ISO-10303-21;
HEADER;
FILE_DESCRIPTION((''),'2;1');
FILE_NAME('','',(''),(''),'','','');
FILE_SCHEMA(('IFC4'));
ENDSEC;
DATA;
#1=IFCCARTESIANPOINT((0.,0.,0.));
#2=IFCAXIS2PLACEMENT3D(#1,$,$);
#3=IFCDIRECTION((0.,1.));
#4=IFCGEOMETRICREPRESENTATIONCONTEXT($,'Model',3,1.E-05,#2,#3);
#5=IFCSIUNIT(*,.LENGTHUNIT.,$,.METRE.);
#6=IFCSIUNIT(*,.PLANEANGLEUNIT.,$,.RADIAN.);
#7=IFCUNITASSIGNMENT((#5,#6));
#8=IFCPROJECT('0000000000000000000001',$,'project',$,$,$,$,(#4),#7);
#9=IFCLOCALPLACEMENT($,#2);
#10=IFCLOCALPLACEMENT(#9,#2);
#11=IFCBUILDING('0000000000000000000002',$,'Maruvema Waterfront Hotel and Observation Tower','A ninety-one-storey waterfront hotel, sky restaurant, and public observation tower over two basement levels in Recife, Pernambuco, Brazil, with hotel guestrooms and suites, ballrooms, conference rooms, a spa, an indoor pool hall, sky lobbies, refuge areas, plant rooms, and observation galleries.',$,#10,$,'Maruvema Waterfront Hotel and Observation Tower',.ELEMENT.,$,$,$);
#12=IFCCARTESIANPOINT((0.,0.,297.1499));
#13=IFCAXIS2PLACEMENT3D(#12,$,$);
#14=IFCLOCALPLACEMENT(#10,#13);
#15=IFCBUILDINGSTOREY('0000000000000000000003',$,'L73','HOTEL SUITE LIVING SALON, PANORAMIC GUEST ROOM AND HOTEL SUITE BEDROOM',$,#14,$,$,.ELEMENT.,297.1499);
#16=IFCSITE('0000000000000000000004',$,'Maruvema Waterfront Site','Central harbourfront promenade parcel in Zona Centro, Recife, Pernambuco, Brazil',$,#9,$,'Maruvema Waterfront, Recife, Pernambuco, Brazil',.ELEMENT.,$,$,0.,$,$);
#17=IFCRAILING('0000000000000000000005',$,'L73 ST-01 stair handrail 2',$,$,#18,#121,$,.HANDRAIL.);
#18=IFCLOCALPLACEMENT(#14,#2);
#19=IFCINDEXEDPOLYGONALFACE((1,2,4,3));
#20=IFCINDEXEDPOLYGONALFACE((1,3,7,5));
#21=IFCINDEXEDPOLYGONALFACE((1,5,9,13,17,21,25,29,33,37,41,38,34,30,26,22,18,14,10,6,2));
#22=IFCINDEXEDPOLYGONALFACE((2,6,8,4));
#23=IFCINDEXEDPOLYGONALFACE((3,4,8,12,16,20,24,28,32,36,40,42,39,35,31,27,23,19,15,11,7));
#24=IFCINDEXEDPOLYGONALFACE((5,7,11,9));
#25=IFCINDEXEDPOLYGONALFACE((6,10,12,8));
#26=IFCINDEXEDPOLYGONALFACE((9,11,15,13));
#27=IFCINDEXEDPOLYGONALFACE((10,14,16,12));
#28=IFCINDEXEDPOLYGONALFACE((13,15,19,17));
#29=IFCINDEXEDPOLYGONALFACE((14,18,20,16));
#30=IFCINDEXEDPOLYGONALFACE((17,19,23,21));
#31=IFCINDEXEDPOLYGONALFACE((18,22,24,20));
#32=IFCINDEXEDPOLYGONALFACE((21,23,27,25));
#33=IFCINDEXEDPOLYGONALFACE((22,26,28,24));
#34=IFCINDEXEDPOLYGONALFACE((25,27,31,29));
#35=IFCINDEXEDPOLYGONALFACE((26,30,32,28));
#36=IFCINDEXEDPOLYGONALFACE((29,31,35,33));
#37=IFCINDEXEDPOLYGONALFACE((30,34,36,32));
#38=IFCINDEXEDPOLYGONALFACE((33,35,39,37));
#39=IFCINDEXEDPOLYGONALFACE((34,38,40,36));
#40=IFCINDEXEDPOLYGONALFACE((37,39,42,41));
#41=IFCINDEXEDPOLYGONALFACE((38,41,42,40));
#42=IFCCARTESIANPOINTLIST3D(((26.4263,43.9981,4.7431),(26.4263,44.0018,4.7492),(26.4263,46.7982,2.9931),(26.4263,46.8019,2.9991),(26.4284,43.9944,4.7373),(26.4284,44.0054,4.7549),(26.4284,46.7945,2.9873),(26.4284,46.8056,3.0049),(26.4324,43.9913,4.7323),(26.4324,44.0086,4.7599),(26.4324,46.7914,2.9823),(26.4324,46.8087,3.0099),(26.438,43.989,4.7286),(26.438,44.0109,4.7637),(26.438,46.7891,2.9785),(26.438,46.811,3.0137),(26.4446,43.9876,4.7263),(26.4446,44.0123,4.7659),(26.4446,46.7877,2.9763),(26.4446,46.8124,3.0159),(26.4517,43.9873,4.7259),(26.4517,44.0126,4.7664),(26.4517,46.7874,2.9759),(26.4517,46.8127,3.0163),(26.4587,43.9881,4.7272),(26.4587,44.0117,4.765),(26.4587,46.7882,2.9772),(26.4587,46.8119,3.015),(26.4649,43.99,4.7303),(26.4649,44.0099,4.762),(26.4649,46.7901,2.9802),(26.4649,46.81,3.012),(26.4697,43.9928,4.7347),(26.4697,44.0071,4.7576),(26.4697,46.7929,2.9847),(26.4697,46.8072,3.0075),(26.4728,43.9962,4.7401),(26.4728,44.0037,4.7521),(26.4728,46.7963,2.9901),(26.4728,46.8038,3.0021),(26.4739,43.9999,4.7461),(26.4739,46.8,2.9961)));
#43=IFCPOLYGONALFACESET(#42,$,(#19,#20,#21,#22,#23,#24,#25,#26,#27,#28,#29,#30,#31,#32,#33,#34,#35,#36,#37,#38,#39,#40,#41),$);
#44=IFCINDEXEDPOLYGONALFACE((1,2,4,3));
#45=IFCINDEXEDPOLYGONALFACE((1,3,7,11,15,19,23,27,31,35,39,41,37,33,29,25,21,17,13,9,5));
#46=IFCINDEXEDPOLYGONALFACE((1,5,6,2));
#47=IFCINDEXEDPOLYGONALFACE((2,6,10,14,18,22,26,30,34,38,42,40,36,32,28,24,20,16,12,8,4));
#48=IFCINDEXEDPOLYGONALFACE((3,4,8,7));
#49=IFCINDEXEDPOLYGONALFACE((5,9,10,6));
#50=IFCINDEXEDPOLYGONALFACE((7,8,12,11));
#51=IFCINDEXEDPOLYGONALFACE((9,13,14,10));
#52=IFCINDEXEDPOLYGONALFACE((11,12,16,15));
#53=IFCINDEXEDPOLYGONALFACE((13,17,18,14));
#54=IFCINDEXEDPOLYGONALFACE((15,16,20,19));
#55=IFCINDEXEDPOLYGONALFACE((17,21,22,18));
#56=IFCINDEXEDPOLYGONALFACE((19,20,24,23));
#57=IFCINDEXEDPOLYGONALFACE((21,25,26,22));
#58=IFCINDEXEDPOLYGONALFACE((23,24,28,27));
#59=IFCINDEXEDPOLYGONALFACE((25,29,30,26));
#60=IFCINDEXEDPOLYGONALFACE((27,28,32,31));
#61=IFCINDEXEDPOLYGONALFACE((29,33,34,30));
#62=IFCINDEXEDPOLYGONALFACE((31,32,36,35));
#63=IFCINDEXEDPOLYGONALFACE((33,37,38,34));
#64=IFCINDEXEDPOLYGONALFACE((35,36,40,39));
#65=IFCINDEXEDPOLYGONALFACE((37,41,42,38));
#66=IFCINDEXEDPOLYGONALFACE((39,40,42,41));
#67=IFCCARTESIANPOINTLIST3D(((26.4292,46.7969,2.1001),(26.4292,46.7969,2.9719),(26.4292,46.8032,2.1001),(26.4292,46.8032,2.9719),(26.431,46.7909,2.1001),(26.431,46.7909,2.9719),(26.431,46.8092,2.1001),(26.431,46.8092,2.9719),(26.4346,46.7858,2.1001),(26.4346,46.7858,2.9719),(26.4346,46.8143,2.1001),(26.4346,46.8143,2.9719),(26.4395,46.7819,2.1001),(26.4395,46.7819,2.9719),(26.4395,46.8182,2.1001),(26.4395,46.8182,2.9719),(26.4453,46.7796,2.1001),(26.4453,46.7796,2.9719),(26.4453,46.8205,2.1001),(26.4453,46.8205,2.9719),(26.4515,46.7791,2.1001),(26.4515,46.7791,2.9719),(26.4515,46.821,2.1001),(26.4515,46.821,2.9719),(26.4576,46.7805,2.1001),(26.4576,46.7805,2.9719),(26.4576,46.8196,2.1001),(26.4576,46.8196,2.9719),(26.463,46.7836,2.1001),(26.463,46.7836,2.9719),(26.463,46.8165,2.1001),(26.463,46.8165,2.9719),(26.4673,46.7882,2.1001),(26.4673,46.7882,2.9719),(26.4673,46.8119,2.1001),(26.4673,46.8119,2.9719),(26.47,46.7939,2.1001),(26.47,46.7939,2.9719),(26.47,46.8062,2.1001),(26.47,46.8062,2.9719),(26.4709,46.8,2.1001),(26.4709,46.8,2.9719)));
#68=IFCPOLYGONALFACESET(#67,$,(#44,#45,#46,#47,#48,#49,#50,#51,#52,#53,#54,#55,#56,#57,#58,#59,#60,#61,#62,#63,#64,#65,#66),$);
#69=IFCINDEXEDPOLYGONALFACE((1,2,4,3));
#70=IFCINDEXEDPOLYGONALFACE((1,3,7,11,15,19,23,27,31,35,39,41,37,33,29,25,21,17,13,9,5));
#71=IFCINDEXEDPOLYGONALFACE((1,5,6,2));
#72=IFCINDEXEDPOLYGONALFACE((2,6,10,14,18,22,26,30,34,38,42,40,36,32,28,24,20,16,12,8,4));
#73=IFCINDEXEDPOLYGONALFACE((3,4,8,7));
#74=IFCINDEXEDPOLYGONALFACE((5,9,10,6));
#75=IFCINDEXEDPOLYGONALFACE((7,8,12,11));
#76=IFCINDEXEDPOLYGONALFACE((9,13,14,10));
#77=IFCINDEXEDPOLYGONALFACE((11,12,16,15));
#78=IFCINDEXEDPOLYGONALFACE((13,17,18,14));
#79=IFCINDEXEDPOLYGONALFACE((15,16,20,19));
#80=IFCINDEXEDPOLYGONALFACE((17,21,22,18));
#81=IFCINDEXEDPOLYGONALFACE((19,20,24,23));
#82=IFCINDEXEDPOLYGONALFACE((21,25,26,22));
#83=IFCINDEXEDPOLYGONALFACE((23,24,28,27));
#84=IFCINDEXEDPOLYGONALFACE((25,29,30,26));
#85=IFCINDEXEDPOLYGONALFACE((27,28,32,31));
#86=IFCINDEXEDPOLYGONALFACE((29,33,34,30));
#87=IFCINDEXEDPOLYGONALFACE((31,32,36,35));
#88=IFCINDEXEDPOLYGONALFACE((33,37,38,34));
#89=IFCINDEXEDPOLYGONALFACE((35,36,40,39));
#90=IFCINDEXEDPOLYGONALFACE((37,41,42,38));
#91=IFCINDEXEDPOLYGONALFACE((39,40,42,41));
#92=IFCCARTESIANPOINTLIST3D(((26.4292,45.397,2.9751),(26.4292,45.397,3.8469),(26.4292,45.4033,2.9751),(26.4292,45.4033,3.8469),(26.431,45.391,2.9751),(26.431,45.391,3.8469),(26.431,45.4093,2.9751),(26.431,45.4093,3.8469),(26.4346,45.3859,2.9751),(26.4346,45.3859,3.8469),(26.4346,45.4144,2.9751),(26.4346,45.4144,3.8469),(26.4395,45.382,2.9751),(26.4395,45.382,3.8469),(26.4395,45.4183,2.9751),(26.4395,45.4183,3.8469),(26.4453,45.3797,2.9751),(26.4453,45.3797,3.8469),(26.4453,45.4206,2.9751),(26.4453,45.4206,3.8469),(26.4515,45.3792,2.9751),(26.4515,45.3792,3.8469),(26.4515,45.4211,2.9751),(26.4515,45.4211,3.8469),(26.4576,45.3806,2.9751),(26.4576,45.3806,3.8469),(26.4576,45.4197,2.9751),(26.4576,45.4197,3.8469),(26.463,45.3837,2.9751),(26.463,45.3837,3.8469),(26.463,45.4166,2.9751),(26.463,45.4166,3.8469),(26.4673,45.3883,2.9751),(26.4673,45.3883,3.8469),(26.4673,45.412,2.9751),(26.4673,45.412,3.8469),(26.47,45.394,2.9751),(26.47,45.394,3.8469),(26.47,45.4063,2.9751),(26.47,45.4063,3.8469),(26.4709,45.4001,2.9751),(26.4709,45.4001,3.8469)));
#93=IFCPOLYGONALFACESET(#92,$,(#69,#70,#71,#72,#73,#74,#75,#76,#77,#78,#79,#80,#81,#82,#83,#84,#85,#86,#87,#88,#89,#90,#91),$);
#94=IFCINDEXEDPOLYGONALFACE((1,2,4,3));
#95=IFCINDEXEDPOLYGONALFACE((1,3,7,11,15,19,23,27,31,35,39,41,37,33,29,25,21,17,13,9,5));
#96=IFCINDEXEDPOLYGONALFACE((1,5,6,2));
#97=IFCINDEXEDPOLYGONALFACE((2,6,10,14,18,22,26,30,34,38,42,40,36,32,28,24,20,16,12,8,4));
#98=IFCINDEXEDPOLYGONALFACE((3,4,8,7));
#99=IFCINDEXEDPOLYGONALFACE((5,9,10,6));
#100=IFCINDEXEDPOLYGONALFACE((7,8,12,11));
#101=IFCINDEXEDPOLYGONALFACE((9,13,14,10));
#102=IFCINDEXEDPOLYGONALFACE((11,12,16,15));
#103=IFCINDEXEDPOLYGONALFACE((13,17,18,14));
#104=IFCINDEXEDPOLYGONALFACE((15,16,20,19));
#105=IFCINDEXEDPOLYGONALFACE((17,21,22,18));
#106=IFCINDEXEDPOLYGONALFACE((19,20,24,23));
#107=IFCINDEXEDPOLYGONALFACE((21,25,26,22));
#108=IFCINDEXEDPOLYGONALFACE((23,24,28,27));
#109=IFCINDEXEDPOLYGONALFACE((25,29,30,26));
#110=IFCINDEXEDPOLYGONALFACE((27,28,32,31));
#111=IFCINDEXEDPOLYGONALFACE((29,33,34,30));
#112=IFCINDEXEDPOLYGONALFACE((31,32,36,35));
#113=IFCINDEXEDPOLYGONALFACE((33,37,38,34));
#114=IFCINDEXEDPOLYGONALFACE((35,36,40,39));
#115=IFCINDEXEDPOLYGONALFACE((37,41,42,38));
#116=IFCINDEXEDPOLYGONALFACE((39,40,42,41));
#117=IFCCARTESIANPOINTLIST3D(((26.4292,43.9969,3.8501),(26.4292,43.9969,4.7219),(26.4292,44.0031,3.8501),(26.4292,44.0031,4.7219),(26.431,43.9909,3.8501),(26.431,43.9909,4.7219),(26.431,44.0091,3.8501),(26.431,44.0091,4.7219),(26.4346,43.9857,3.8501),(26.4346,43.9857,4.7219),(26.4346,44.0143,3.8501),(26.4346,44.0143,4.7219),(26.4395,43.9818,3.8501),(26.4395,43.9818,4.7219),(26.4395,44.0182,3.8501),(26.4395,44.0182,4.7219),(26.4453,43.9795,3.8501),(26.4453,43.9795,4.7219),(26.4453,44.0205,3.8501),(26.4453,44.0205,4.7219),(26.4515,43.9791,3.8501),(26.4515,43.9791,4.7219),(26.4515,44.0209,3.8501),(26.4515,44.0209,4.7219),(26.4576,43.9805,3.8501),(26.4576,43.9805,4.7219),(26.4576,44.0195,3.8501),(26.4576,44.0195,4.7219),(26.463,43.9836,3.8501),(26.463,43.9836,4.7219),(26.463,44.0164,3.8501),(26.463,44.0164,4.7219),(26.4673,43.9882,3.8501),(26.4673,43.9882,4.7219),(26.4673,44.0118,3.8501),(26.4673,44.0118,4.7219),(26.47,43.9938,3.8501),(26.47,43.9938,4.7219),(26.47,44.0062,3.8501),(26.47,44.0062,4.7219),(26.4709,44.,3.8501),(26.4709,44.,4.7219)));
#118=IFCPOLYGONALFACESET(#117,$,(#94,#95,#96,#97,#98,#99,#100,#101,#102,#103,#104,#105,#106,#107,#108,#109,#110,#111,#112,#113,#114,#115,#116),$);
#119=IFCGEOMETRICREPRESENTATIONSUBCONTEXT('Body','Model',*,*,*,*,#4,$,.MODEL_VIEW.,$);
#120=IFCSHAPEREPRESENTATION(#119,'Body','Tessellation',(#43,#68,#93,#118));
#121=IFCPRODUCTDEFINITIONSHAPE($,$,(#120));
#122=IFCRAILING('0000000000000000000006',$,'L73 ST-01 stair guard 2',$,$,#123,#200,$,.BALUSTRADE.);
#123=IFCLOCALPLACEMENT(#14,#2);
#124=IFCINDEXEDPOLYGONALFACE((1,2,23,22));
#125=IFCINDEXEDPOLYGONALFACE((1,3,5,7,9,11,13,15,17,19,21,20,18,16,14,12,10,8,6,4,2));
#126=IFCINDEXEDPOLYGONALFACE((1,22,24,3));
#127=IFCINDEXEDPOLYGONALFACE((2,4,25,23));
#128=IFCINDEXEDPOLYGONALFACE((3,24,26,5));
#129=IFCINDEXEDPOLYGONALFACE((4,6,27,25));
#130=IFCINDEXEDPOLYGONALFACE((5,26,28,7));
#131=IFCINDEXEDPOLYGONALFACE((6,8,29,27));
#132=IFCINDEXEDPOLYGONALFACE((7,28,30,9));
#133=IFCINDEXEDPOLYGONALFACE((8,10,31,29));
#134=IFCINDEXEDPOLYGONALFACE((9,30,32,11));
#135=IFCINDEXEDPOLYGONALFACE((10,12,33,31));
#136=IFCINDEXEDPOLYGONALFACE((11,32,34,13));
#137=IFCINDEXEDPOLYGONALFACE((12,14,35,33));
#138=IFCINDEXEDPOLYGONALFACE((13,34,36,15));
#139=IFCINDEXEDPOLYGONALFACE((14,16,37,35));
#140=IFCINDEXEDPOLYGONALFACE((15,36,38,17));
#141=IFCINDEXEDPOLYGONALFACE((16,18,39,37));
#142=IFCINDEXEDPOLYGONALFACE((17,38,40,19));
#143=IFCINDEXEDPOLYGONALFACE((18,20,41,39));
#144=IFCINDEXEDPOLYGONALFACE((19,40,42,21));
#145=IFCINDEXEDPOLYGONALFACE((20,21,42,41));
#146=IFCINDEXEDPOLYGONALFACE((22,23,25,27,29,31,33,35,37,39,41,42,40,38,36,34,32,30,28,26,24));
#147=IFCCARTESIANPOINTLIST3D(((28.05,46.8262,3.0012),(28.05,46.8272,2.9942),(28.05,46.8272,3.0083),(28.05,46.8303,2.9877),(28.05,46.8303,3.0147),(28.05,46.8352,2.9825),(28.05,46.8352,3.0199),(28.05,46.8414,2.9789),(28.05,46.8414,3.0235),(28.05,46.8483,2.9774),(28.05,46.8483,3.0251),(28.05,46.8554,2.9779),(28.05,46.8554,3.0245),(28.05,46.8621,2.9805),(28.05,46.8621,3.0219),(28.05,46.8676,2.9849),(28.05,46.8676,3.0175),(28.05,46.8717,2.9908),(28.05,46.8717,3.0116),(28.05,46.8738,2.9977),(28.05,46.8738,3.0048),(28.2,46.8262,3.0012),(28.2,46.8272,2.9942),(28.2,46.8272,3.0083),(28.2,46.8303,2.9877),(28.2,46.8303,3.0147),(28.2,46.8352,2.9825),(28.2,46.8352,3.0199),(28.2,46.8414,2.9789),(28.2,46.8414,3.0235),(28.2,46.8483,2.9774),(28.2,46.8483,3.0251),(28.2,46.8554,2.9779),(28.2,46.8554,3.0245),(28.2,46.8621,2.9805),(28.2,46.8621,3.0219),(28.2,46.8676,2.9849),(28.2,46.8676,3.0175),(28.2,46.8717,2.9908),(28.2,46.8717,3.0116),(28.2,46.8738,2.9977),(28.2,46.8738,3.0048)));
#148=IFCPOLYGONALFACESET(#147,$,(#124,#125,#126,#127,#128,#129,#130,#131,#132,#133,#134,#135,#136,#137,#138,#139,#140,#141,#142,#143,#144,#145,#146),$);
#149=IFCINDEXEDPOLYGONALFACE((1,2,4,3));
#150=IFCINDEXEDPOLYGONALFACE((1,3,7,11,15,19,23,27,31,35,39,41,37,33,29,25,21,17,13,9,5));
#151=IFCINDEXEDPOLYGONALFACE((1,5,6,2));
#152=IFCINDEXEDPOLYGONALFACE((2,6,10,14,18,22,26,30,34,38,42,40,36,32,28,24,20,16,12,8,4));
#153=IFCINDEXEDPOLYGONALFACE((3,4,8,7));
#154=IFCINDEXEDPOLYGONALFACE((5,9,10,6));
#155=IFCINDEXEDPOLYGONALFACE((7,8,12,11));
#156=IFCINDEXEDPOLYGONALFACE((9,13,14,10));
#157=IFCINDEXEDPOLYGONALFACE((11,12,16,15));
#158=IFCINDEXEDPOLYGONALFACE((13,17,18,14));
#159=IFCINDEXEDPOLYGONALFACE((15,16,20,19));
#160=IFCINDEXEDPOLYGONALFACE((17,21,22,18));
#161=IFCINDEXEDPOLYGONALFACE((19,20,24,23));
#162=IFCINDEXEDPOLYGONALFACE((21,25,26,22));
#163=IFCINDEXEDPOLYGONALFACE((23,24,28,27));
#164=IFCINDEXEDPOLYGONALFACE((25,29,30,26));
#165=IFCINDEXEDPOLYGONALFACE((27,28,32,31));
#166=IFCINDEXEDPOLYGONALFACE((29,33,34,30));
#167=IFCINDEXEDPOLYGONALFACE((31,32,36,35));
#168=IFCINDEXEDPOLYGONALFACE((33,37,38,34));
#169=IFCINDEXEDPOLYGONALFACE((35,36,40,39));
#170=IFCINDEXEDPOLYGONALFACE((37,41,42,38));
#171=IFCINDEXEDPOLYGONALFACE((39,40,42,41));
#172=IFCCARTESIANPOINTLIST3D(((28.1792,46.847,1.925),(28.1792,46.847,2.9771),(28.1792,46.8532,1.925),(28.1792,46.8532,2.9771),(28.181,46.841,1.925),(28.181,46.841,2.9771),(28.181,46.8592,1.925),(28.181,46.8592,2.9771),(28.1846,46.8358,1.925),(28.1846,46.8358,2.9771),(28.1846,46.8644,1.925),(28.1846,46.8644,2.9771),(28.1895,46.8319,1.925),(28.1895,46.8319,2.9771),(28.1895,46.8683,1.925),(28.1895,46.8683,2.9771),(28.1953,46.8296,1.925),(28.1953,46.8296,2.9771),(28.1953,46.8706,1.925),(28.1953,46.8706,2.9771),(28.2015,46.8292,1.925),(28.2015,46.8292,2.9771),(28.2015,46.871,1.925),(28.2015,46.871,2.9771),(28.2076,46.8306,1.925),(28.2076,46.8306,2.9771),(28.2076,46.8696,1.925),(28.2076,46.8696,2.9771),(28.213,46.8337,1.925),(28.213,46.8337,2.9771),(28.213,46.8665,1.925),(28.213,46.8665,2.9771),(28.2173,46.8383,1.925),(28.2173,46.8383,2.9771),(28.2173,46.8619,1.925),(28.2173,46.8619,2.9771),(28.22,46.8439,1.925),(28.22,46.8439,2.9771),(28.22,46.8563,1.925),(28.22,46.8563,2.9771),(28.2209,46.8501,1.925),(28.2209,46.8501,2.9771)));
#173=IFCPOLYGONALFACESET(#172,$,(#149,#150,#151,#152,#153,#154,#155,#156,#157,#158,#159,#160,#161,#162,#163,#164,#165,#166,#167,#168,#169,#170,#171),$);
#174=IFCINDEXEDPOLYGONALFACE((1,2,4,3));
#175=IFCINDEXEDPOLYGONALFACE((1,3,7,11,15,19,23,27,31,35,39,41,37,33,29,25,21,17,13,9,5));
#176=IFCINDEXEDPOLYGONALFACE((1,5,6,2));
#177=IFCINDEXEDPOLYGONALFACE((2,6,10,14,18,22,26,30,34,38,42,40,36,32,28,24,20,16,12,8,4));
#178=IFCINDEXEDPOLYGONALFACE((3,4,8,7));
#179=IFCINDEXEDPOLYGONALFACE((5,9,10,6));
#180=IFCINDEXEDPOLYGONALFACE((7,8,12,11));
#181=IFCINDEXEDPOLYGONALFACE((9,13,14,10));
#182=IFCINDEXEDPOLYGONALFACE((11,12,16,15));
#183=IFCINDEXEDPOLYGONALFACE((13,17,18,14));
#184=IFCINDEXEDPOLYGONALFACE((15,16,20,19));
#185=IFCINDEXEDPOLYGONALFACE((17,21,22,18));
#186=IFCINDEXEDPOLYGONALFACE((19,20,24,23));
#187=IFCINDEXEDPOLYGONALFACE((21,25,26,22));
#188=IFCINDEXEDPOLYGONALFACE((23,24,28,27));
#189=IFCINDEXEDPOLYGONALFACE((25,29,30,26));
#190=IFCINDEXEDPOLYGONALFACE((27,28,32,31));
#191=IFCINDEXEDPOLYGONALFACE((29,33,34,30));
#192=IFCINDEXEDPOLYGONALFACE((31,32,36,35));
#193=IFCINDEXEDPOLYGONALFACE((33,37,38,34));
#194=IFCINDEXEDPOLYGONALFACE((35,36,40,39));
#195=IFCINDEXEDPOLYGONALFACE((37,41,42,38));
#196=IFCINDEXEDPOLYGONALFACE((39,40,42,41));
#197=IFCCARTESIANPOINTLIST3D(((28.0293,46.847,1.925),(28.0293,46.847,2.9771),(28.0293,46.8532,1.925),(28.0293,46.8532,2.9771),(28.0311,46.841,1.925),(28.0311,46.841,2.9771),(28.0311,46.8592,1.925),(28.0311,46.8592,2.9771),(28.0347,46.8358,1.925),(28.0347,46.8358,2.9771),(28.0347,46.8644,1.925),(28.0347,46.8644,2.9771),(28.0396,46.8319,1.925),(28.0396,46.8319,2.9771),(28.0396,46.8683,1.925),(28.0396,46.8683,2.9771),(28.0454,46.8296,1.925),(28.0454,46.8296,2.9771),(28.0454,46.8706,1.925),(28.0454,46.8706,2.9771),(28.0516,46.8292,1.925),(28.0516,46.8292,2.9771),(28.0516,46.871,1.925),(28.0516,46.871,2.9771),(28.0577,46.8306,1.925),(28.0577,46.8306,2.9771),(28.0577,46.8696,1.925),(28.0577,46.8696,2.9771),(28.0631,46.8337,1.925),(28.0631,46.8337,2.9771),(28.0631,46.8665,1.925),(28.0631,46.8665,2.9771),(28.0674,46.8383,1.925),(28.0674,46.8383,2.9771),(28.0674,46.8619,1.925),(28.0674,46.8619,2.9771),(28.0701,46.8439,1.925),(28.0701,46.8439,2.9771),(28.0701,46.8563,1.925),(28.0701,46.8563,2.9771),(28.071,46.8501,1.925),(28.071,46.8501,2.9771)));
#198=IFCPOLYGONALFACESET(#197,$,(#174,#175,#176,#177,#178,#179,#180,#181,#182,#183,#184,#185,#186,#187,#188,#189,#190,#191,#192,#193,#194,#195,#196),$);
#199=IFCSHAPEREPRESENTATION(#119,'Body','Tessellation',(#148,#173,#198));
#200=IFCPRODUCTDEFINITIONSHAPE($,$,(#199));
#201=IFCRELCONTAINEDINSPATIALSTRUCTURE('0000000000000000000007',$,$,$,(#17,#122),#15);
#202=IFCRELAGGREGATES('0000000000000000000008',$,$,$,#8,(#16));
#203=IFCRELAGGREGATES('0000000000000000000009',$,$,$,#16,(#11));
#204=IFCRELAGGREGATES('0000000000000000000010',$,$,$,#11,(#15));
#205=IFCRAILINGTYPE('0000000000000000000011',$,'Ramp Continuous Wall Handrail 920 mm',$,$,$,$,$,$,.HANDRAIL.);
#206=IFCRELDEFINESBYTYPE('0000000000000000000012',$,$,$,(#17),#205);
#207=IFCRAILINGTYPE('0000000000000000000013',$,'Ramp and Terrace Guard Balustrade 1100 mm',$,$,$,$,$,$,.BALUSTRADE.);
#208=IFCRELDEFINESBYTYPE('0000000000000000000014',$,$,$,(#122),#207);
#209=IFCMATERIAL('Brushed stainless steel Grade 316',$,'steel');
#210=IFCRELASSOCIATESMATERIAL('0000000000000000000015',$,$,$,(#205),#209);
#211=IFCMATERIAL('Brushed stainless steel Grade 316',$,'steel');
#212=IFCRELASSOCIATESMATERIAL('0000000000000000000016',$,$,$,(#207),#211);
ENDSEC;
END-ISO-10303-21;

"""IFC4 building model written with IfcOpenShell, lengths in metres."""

from ifc_helpers import new_model, si_unit, direction, frame, origin, origin_2d, place, context, subcontext, project, spatial, circle, extrude, material, type_object, element, save


model = new_model("IFC4")

# Units and contexts
model_context = context("Model", 3, precision=1e-05, world=origin(), true_north=direction((0.0, 1.0)))
body_context = subcontext(model_context, "Body", "Model", "MODEL_VIEW")
ifc_project = project(units=[si_unit("LENGTHUNIT", "METRE"), si_unit("PLANEANGLEUNIT", "RADIAN")], contexts=[model_context])

# Site, building, storey
site_placement = place(None, origin())
site = spatial("IfcSite", under=ifc_project, at=site_placement, Name="Maruvema Waterfront Site", Description="Central harbourfront promenade parcel in Zona Centro, Recife, Pernambuco, Brazil", LongName="Maruvema Waterfront, Recife, Pernambuco, Brazil", CompositionType="ELEMENT", RefElevation=0.0)
building_placement = place(site_placement, origin())
building = spatial("IfcBuilding", under=site, at=building_placement, Name="Maruvema Waterfront Hotel and Observation Tower", Description="A ninety-one-storey waterfront hotel, sky restaurant, and public observation tower over two basement levels in Recife, Pernambuco, Brazil, with hotel guestrooms and suites, ballrooms, conference rooms, a spa, an indoor pool hall, sky lobbies, refuge areas, plant rooms, and observation galleries.", LongName="Maruvema Waterfront Hotel and Observation Tower", CompositionType="ELEMENT")
storey_placement = place(building_placement, frame((0.0, 0.0, 297.1499)))
storey = spatial("IfcBuildingStorey", under=building, at=storey_placement, Name="L73", Description="HOTEL SUITE LIVING SALON, PANORAMIC GUEST ROOM AND HOTEL SUITE BEDROOM", CompositionType="ELEMENT", Elevation=297.1499)

# Railings
ifc_material_1 = material(Name="Brushed stainless steel Grade 316", Category="steel")
railing_type_1 = type_object("IfcRailingType", Name="Ramp Continuous Wall Handrail 920 mm", PredefinedType="HANDRAIL", material=ifc_material_1)
railing_1_placement = place(storey_placement, frame((26.45, 46.8, 2.1001)))
element("IfcRailing", 1, at=railing_1_placement, inside=storey, type_object=railing_type_1, Name="L73 ST-01 stair handrail 2", PredefinedType="HANDRAIL", context=body_context, shape_type="SweptSolid", body=[
    extrude(circle(Radius=0.0239, at=origin_2d()), frame((0.0, 0.0, 0.896), z_axis=(0.0, -0.848002, 0.529992), x_axis=(1.0, 0.0, 0.0)), (0.0, 0.0, 1.0), 3.302),
    extrude(circle(Radius=0.021, at=origin_2d()), origin(), (0.0, 0.0, 1.0), 0.8718),
    extrude(circle(Radius=0.021, at=origin_2d()), frame((0.0, -1.3999, 0.875)), (0.0, 0.0, 1.0), 0.8718),
    extrude(circle(Radius=0.021, at=origin_2d()), frame((0.0, -2.8, 1.75)), (0.0, 0.0, 1.0), 0.8718),
])
ifc_material_2 = material(Name="Brushed stainless steel Grade 316", Category="steel")
railing_type_2 = type_object("IfcRailingType", Name="Ramp and Terrace Guard Balustrade 1100 mm", PredefinedType="BALUSTRADE", material=ifc_material_2)
railing_2_placement = place(storey_placement, frame((28.2, 46.8501, 1.925)))
element("IfcRailing", 2, at=railing_2_placement, inside=storey, type_object=railing_type_2, Name="L73 ST-01 stair guard 2", PredefinedType="BALUSTRADE", context=body_context, shape_type="SweptSolid", body=[
    extrude(circle(Radius=0.0239, at=origin_2d()), frame((0.0, 0.0, 1.0762), z_axis=(-1.0, 0.0, 0.0), x_axis=(0.0, -1.0, 0.0)), (0.0, 0.0, 1.0), 0.1499),
    extrude(circle(Radius=0.021, at=origin_2d()), origin(), (0.0, 0.0, 1.0), 1.052),
    extrude(circle(Radius=0.021, at=origin_2d()), frame((-0.1499, 0.0, 0.0)), (0.0, 0.0, 1.0), 1.052),
])

save(model, "model.ifc")
